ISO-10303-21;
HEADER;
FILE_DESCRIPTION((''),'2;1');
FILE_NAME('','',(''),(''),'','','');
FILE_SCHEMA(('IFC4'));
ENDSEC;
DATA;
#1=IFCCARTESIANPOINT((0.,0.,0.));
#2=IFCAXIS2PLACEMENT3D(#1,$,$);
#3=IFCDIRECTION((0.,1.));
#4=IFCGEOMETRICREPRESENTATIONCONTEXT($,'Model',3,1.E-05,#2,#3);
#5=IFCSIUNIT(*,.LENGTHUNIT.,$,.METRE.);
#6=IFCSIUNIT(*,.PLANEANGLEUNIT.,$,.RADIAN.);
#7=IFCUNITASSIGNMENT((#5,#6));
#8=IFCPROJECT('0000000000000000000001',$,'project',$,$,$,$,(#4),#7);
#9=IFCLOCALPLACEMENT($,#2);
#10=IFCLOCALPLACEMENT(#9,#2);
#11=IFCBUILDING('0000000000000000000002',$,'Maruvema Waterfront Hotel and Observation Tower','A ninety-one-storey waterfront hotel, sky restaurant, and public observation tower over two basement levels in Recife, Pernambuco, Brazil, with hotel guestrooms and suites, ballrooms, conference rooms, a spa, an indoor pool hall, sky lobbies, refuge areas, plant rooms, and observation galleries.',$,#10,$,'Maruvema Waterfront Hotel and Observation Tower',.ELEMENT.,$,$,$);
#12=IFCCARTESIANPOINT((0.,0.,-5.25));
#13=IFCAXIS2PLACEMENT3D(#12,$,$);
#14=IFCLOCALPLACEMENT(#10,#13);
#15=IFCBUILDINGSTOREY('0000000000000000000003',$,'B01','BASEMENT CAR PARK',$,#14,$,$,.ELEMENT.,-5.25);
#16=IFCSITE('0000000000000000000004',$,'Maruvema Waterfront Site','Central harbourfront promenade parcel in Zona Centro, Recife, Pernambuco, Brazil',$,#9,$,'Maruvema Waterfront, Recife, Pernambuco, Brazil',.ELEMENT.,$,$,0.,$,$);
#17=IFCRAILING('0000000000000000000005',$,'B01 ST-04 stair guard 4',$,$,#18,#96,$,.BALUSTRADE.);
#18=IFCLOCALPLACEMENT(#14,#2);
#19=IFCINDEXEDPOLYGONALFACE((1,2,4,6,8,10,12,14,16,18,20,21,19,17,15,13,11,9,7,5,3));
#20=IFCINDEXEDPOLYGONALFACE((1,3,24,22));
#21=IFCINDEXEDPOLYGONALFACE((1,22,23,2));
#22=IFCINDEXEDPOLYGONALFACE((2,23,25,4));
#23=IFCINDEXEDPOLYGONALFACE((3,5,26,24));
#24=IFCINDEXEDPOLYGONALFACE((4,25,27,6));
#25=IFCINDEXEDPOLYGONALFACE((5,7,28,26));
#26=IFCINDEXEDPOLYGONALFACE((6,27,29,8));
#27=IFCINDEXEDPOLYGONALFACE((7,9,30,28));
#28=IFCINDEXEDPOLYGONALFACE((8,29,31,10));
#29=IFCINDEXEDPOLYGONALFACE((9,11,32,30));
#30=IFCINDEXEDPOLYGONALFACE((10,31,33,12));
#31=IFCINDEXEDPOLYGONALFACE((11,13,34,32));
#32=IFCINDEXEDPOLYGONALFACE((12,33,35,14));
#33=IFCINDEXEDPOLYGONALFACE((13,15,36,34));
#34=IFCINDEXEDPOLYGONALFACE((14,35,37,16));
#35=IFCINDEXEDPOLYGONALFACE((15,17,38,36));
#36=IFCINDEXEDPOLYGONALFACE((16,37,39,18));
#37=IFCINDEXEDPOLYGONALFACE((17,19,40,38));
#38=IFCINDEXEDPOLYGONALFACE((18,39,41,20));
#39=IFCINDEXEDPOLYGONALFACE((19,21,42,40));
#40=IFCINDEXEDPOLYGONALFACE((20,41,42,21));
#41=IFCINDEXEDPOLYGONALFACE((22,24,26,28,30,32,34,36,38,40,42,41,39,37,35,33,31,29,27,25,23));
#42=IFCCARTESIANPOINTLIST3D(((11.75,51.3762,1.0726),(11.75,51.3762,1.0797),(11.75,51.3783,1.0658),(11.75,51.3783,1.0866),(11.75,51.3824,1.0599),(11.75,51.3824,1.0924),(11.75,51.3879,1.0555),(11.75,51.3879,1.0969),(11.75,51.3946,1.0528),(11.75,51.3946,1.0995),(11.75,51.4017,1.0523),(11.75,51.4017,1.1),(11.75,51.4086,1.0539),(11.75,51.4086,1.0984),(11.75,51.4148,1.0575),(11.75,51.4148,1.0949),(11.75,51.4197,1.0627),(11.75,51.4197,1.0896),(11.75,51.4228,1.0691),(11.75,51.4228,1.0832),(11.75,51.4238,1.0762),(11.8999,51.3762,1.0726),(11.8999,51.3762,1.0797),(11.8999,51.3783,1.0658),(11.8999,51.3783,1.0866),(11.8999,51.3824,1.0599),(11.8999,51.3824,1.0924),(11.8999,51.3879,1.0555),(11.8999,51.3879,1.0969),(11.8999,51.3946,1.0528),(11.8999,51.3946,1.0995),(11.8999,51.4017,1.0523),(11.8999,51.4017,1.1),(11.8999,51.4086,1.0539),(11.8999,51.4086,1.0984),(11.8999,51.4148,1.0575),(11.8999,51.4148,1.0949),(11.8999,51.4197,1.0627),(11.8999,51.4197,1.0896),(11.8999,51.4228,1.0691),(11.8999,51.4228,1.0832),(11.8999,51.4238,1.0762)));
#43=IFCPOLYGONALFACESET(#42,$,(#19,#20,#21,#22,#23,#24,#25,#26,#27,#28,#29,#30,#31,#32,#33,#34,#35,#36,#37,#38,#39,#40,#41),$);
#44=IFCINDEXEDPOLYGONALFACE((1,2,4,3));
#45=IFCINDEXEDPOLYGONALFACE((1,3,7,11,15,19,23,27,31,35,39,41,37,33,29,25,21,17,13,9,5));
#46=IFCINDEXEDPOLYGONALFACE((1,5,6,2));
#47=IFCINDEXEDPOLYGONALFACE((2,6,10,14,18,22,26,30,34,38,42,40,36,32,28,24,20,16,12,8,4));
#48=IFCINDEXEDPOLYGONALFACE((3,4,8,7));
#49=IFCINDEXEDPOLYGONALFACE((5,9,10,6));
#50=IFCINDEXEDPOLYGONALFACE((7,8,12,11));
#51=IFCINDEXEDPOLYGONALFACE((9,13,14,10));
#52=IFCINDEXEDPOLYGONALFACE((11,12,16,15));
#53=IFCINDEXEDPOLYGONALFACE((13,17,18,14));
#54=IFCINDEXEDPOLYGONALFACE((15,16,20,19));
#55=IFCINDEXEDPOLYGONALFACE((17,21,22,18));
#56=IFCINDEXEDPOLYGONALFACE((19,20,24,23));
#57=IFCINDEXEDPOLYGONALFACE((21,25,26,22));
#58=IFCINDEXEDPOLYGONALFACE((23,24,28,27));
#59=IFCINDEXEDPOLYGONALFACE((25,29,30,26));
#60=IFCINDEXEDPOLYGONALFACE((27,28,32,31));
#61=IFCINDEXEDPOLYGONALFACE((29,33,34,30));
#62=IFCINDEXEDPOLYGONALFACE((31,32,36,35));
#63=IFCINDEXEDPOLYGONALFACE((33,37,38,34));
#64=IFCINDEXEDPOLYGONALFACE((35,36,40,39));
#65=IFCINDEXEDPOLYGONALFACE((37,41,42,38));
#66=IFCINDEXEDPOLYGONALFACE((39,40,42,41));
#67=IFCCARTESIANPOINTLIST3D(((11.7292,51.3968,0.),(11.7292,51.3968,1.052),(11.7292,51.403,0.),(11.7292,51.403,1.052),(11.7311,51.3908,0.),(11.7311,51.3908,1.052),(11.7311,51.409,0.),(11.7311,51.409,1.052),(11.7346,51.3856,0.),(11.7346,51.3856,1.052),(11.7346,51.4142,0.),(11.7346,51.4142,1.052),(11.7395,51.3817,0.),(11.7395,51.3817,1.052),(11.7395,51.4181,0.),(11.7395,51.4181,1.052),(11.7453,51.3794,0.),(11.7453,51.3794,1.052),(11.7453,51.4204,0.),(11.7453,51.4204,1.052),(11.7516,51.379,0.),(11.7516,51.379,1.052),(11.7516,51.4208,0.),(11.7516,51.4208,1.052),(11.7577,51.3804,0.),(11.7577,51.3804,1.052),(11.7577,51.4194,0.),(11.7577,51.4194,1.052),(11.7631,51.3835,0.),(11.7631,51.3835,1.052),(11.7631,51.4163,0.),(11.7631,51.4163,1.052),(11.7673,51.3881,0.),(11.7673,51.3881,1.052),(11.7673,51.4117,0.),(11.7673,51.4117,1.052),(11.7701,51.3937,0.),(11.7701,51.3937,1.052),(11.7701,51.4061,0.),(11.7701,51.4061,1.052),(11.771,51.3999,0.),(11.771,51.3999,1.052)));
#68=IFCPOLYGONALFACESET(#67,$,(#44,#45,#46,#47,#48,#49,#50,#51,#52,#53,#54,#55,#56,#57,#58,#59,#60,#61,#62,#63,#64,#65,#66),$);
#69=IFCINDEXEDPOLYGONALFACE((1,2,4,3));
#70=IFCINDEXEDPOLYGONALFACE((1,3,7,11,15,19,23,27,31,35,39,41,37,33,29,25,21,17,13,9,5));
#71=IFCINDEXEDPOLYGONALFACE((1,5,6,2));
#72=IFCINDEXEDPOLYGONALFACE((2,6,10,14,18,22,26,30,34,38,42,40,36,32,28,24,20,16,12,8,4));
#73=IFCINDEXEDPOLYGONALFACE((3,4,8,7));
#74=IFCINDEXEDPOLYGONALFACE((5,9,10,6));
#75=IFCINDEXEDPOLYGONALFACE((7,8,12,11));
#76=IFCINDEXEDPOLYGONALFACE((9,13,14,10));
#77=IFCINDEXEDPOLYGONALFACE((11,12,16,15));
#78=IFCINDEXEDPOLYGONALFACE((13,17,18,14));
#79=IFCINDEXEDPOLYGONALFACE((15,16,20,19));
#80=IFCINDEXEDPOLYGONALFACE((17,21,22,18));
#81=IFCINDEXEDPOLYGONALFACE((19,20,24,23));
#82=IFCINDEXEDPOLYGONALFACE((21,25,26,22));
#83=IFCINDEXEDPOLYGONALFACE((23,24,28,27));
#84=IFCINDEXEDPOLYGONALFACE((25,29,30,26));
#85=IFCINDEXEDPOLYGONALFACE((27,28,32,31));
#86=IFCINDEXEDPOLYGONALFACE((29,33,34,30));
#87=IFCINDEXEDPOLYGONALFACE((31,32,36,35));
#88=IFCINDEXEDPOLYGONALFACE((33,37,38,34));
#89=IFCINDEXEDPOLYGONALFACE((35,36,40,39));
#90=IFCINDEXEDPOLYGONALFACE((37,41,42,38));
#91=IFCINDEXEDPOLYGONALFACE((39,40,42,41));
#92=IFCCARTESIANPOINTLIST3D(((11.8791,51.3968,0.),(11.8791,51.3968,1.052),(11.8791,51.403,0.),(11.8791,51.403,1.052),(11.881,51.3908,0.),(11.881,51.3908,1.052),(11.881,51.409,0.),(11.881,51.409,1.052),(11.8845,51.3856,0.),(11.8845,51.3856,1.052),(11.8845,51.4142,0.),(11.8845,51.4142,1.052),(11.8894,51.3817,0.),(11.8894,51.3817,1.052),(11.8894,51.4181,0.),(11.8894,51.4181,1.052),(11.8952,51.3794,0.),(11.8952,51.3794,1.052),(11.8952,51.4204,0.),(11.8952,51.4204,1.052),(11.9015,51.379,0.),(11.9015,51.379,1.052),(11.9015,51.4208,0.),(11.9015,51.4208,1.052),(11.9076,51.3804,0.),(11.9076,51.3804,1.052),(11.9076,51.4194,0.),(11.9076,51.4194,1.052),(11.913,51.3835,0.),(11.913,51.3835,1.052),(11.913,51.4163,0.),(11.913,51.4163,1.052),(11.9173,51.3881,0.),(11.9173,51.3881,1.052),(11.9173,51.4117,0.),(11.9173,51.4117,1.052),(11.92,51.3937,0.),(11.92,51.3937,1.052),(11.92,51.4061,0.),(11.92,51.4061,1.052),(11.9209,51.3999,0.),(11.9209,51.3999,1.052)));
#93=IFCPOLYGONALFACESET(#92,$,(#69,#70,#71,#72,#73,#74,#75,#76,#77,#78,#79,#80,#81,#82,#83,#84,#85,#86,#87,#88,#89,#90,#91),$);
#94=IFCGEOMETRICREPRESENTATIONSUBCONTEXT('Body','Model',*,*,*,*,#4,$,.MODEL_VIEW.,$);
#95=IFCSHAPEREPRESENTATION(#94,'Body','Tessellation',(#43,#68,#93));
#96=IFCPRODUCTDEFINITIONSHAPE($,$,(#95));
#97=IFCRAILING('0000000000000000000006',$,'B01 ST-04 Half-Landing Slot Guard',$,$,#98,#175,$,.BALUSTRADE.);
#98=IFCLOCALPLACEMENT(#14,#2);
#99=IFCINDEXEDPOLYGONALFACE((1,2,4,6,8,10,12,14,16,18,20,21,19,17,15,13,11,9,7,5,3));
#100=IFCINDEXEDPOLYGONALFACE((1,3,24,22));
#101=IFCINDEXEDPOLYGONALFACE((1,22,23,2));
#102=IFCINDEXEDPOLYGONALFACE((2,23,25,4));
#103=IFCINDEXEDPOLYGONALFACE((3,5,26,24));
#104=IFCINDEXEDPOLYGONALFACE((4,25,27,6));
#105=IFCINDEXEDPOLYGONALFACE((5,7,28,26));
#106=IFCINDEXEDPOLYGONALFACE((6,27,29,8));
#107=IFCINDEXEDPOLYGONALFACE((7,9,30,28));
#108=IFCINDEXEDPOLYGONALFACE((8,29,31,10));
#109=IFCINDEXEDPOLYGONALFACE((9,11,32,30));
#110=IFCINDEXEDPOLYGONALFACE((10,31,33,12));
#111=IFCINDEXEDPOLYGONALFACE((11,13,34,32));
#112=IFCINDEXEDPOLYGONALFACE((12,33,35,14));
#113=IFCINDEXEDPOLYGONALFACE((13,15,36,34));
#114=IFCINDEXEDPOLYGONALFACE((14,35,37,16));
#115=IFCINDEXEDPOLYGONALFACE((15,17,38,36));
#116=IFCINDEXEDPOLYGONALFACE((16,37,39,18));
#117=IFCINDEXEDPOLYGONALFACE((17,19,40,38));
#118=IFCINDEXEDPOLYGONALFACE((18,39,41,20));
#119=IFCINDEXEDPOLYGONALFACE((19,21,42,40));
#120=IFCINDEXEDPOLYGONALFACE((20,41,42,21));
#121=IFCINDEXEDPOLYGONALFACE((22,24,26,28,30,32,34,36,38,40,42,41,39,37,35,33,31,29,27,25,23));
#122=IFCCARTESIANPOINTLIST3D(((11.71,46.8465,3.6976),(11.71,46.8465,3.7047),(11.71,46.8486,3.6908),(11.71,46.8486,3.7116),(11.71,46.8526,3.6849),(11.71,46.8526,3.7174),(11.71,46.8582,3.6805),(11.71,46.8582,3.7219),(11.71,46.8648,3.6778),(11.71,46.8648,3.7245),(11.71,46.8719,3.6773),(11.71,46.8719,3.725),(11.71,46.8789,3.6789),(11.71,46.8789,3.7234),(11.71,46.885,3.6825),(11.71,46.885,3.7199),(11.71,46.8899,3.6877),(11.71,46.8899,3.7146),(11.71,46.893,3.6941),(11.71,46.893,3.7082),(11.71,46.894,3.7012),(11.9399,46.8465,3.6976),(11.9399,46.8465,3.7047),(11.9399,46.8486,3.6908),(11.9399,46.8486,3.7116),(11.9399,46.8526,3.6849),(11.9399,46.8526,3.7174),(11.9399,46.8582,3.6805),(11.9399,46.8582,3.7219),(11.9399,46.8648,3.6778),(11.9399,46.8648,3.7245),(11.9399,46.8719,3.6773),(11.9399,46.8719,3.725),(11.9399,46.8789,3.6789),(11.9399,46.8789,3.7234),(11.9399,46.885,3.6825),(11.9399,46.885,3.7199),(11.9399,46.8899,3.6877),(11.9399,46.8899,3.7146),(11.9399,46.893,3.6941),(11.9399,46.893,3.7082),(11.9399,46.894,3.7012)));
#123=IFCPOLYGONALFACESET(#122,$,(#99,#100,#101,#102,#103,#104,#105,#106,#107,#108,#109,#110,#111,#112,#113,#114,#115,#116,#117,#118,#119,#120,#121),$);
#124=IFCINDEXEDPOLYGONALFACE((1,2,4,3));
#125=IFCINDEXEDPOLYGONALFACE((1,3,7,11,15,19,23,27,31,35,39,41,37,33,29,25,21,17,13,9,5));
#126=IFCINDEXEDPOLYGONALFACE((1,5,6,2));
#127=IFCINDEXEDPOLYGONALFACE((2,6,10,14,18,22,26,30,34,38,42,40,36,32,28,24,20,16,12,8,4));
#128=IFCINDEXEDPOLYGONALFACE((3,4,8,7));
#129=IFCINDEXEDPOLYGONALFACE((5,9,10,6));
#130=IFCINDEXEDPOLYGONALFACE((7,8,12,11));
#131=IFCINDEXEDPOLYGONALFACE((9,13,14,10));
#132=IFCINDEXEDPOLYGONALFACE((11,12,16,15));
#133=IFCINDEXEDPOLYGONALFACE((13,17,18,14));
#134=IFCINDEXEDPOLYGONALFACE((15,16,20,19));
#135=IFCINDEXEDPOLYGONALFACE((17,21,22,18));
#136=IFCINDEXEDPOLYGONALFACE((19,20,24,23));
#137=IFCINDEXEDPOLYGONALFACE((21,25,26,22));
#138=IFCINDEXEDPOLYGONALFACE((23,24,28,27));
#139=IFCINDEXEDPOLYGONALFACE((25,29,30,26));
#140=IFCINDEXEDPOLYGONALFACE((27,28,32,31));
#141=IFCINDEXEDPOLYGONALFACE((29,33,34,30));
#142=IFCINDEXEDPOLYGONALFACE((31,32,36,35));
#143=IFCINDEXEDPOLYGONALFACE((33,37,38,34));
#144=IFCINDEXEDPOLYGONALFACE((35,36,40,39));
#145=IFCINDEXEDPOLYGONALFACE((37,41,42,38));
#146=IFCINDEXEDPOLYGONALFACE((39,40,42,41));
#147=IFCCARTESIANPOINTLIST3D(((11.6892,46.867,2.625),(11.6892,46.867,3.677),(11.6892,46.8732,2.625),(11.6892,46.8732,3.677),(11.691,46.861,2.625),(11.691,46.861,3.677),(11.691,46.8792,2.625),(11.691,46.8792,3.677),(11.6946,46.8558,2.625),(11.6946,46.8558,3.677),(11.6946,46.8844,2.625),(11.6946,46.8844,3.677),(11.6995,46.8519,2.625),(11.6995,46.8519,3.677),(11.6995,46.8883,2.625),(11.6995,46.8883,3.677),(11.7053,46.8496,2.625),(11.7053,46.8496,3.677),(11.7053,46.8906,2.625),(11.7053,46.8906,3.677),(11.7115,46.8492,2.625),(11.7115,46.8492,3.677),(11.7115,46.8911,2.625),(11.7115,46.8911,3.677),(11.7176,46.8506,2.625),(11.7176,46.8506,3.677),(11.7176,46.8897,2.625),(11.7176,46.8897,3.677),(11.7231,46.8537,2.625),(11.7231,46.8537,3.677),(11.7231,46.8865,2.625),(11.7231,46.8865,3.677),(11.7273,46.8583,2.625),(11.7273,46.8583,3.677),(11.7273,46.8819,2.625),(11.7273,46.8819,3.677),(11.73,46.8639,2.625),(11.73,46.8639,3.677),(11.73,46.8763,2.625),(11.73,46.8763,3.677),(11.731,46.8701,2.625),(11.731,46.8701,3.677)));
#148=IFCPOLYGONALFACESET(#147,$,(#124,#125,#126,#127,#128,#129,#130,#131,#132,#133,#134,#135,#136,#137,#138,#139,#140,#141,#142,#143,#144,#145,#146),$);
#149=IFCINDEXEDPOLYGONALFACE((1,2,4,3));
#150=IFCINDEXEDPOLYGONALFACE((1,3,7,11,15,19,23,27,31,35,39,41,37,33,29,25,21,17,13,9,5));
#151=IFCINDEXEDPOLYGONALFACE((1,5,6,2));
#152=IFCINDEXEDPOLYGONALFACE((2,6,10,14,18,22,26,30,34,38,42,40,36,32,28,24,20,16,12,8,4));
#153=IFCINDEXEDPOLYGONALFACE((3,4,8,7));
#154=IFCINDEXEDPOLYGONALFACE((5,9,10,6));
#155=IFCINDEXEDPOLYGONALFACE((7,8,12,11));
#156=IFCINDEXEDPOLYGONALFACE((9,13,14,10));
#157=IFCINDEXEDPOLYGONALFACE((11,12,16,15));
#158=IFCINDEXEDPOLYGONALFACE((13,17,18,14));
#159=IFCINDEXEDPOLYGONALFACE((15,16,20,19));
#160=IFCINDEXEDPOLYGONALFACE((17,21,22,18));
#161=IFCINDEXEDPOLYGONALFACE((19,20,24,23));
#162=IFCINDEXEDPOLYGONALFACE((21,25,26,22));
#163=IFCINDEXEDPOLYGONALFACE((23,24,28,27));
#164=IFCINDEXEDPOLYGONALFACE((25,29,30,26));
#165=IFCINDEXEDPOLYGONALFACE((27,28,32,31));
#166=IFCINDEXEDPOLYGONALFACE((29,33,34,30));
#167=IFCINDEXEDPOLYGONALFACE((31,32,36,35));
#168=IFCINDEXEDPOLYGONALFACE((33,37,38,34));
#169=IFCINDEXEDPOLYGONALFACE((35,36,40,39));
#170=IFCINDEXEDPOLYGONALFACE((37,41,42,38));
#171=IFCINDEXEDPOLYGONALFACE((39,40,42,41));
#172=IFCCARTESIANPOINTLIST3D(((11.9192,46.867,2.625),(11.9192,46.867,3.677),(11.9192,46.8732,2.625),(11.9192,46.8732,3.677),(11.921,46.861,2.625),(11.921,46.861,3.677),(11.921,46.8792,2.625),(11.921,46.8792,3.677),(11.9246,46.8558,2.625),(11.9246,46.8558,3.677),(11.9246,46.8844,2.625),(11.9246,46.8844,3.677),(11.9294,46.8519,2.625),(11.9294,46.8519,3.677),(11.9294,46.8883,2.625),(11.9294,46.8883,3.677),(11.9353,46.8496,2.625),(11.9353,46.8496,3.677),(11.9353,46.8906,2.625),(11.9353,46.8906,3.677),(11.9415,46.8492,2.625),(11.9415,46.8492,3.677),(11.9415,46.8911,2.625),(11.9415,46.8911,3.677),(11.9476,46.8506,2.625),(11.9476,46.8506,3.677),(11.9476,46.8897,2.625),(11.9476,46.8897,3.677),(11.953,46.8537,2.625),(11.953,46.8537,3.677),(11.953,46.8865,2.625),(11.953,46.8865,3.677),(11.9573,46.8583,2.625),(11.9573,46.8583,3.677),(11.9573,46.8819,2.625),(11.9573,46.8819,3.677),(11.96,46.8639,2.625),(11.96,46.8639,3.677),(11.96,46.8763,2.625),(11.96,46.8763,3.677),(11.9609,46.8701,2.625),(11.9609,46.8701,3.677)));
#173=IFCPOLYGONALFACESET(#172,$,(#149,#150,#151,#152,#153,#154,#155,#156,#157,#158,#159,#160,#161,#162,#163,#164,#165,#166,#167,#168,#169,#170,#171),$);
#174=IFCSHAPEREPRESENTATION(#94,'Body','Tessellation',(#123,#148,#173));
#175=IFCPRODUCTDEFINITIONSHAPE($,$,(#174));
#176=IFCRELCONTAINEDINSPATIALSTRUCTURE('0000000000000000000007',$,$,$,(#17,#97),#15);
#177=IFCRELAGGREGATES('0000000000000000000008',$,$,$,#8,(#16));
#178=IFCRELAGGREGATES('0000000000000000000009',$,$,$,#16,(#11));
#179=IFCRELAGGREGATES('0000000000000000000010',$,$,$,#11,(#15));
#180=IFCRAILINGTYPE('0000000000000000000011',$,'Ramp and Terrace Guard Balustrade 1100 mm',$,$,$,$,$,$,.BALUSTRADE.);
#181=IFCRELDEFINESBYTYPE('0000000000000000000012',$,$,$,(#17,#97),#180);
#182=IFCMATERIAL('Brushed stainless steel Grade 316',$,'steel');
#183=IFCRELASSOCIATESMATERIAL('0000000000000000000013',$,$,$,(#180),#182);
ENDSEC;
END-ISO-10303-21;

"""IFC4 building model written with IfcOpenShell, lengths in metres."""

from ifc_helpers import new_model, si_unit, direction, frame, origin, origin_2d, place, context, subcontext, project, spatial, circle, extrude, material, type_object, element, save


model = new_model("IFC4")

# Units and contexts
model_context = context("Model", 3, precision=1e-05, world=origin(), true_north=direction((0.0, 1.0)))
body_context = subcontext(model_context, "Body", "Model", "MODEL_VIEW")
ifc_project = project(units=[si_unit("LENGTHUNIT", "METRE"), si_unit("PLANEANGLEUNIT", "RADIAN")], contexts=[model_context])

# Site, building, storey
site_placement = place(None, origin())
site = spatial("IfcSite", under=ifc_project, at=site_placement, Name="Maruvema Waterfront Site", Description="Central harbourfront promenade parcel in Zona Centro, Recife, Pernambuco, Brazil", LongName="Maruvema Waterfront, Recife, Pernambuco, Brazil", CompositionType="ELEMENT", RefElevation=0.0)
building_placement = place(site_placement, origin())
building = spatial("IfcBuilding", under=site, at=building_placement, Name="Maruvema Waterfront Hotel and Observation Tower", Description="A ninety-one-storey waterfront hotel, sky restaurant, and public observation tower over two basement levels in Recife, Pernambuco, Brazil, with hotel guestrooms and suites, ballrooms, conference rooms, a spa, an indoor pool hall, sky lobbies, refuge areas, plant rooms, and observation galleries.", LongName="Maruvema Waterfront Hotel and Observation Tower", CompositionType="ELEMENT")
storey_placement = place(building_placement, frame((0.0, 0.0, -5.25)))
storey = spatial("IfcBuildingStorey", under=building, at=storey_placement, Name="B01", Description="BASEMENT CAR PARK", CompositionType="ELEMENT", Elevation=-5.25)

# Railings
ifc_material_1 = material(Name="Brushed stainless steel Grade 316", Category="steel")
railing_type_1 = type_object("IfcRailingType", Name="Ramp and Terrace Guard Balustrade 1100 mm", PredefinedType="BALUSTRADE", material=ifc_material_1)
railing_1_placement = place(storey_placement, frame((11.75, 51.3999, 0.0)))
element("IfcRailing", 1, at=railing_1_placement, inside=storey, type_object=railing_type_1, Name="B01 ST-04 stair guard 4", PredefinedType="BALUSTRADE", context=body_context, shape_type="SweptSolid", body=[
    extrude(circle(Radius=0.0239, at=origin_2d()), frame((0.0, 0.0, 1.0762), z_axis=(1.0, 0.0, 0.0), x_axis=(0.0, 1.0, 0.0)), (0.0, 0.0, 1.0), 0.1499),
    extrude(circle(Radius=0.021, at=origin_2d()), origin(), (0.0, 0.0, 1.0), 1.052),
    extrude(circle(Radius=0.021, at=origin_2d()), frame((0.1499, 0.0, 0.0)), (0.0, 0.0, 1.0), 1.052),
])
railing_2_placement = place(storey_placement, frame((11.71, 46.8701, 2.625)))
element("IfcRailing", 2, at=railing_2_placement, inside=storey, type_object=railing_type_1, Name="B01 ST-04 Half-Landing Slot Guard", PredefinedType="BALUSTRADE", context=body_context, shape_type="SweptSolid", body=[
    extrude(circle(Radius=0.0239, at=origin_2d()), frame((0.0, 0.0, 1.0762), z_axis=(1.0, 0.0, 0.0), x_axis=(0.0, 1.0, 0.0)), (0.0, 0.0, 1.0), 0.23),
    extrude(circle(Radius=0.021, at=origin_2d()), origin(), (0.0, 0.0, 1.0), 1.052),
    extrude(circle(Radius=0.021, at=origin_2d()), frame((0.23, 0.0, 0.0)), (0.0, 0.0, 1.0), 1.052),
])

save(model, "model.ifc")
